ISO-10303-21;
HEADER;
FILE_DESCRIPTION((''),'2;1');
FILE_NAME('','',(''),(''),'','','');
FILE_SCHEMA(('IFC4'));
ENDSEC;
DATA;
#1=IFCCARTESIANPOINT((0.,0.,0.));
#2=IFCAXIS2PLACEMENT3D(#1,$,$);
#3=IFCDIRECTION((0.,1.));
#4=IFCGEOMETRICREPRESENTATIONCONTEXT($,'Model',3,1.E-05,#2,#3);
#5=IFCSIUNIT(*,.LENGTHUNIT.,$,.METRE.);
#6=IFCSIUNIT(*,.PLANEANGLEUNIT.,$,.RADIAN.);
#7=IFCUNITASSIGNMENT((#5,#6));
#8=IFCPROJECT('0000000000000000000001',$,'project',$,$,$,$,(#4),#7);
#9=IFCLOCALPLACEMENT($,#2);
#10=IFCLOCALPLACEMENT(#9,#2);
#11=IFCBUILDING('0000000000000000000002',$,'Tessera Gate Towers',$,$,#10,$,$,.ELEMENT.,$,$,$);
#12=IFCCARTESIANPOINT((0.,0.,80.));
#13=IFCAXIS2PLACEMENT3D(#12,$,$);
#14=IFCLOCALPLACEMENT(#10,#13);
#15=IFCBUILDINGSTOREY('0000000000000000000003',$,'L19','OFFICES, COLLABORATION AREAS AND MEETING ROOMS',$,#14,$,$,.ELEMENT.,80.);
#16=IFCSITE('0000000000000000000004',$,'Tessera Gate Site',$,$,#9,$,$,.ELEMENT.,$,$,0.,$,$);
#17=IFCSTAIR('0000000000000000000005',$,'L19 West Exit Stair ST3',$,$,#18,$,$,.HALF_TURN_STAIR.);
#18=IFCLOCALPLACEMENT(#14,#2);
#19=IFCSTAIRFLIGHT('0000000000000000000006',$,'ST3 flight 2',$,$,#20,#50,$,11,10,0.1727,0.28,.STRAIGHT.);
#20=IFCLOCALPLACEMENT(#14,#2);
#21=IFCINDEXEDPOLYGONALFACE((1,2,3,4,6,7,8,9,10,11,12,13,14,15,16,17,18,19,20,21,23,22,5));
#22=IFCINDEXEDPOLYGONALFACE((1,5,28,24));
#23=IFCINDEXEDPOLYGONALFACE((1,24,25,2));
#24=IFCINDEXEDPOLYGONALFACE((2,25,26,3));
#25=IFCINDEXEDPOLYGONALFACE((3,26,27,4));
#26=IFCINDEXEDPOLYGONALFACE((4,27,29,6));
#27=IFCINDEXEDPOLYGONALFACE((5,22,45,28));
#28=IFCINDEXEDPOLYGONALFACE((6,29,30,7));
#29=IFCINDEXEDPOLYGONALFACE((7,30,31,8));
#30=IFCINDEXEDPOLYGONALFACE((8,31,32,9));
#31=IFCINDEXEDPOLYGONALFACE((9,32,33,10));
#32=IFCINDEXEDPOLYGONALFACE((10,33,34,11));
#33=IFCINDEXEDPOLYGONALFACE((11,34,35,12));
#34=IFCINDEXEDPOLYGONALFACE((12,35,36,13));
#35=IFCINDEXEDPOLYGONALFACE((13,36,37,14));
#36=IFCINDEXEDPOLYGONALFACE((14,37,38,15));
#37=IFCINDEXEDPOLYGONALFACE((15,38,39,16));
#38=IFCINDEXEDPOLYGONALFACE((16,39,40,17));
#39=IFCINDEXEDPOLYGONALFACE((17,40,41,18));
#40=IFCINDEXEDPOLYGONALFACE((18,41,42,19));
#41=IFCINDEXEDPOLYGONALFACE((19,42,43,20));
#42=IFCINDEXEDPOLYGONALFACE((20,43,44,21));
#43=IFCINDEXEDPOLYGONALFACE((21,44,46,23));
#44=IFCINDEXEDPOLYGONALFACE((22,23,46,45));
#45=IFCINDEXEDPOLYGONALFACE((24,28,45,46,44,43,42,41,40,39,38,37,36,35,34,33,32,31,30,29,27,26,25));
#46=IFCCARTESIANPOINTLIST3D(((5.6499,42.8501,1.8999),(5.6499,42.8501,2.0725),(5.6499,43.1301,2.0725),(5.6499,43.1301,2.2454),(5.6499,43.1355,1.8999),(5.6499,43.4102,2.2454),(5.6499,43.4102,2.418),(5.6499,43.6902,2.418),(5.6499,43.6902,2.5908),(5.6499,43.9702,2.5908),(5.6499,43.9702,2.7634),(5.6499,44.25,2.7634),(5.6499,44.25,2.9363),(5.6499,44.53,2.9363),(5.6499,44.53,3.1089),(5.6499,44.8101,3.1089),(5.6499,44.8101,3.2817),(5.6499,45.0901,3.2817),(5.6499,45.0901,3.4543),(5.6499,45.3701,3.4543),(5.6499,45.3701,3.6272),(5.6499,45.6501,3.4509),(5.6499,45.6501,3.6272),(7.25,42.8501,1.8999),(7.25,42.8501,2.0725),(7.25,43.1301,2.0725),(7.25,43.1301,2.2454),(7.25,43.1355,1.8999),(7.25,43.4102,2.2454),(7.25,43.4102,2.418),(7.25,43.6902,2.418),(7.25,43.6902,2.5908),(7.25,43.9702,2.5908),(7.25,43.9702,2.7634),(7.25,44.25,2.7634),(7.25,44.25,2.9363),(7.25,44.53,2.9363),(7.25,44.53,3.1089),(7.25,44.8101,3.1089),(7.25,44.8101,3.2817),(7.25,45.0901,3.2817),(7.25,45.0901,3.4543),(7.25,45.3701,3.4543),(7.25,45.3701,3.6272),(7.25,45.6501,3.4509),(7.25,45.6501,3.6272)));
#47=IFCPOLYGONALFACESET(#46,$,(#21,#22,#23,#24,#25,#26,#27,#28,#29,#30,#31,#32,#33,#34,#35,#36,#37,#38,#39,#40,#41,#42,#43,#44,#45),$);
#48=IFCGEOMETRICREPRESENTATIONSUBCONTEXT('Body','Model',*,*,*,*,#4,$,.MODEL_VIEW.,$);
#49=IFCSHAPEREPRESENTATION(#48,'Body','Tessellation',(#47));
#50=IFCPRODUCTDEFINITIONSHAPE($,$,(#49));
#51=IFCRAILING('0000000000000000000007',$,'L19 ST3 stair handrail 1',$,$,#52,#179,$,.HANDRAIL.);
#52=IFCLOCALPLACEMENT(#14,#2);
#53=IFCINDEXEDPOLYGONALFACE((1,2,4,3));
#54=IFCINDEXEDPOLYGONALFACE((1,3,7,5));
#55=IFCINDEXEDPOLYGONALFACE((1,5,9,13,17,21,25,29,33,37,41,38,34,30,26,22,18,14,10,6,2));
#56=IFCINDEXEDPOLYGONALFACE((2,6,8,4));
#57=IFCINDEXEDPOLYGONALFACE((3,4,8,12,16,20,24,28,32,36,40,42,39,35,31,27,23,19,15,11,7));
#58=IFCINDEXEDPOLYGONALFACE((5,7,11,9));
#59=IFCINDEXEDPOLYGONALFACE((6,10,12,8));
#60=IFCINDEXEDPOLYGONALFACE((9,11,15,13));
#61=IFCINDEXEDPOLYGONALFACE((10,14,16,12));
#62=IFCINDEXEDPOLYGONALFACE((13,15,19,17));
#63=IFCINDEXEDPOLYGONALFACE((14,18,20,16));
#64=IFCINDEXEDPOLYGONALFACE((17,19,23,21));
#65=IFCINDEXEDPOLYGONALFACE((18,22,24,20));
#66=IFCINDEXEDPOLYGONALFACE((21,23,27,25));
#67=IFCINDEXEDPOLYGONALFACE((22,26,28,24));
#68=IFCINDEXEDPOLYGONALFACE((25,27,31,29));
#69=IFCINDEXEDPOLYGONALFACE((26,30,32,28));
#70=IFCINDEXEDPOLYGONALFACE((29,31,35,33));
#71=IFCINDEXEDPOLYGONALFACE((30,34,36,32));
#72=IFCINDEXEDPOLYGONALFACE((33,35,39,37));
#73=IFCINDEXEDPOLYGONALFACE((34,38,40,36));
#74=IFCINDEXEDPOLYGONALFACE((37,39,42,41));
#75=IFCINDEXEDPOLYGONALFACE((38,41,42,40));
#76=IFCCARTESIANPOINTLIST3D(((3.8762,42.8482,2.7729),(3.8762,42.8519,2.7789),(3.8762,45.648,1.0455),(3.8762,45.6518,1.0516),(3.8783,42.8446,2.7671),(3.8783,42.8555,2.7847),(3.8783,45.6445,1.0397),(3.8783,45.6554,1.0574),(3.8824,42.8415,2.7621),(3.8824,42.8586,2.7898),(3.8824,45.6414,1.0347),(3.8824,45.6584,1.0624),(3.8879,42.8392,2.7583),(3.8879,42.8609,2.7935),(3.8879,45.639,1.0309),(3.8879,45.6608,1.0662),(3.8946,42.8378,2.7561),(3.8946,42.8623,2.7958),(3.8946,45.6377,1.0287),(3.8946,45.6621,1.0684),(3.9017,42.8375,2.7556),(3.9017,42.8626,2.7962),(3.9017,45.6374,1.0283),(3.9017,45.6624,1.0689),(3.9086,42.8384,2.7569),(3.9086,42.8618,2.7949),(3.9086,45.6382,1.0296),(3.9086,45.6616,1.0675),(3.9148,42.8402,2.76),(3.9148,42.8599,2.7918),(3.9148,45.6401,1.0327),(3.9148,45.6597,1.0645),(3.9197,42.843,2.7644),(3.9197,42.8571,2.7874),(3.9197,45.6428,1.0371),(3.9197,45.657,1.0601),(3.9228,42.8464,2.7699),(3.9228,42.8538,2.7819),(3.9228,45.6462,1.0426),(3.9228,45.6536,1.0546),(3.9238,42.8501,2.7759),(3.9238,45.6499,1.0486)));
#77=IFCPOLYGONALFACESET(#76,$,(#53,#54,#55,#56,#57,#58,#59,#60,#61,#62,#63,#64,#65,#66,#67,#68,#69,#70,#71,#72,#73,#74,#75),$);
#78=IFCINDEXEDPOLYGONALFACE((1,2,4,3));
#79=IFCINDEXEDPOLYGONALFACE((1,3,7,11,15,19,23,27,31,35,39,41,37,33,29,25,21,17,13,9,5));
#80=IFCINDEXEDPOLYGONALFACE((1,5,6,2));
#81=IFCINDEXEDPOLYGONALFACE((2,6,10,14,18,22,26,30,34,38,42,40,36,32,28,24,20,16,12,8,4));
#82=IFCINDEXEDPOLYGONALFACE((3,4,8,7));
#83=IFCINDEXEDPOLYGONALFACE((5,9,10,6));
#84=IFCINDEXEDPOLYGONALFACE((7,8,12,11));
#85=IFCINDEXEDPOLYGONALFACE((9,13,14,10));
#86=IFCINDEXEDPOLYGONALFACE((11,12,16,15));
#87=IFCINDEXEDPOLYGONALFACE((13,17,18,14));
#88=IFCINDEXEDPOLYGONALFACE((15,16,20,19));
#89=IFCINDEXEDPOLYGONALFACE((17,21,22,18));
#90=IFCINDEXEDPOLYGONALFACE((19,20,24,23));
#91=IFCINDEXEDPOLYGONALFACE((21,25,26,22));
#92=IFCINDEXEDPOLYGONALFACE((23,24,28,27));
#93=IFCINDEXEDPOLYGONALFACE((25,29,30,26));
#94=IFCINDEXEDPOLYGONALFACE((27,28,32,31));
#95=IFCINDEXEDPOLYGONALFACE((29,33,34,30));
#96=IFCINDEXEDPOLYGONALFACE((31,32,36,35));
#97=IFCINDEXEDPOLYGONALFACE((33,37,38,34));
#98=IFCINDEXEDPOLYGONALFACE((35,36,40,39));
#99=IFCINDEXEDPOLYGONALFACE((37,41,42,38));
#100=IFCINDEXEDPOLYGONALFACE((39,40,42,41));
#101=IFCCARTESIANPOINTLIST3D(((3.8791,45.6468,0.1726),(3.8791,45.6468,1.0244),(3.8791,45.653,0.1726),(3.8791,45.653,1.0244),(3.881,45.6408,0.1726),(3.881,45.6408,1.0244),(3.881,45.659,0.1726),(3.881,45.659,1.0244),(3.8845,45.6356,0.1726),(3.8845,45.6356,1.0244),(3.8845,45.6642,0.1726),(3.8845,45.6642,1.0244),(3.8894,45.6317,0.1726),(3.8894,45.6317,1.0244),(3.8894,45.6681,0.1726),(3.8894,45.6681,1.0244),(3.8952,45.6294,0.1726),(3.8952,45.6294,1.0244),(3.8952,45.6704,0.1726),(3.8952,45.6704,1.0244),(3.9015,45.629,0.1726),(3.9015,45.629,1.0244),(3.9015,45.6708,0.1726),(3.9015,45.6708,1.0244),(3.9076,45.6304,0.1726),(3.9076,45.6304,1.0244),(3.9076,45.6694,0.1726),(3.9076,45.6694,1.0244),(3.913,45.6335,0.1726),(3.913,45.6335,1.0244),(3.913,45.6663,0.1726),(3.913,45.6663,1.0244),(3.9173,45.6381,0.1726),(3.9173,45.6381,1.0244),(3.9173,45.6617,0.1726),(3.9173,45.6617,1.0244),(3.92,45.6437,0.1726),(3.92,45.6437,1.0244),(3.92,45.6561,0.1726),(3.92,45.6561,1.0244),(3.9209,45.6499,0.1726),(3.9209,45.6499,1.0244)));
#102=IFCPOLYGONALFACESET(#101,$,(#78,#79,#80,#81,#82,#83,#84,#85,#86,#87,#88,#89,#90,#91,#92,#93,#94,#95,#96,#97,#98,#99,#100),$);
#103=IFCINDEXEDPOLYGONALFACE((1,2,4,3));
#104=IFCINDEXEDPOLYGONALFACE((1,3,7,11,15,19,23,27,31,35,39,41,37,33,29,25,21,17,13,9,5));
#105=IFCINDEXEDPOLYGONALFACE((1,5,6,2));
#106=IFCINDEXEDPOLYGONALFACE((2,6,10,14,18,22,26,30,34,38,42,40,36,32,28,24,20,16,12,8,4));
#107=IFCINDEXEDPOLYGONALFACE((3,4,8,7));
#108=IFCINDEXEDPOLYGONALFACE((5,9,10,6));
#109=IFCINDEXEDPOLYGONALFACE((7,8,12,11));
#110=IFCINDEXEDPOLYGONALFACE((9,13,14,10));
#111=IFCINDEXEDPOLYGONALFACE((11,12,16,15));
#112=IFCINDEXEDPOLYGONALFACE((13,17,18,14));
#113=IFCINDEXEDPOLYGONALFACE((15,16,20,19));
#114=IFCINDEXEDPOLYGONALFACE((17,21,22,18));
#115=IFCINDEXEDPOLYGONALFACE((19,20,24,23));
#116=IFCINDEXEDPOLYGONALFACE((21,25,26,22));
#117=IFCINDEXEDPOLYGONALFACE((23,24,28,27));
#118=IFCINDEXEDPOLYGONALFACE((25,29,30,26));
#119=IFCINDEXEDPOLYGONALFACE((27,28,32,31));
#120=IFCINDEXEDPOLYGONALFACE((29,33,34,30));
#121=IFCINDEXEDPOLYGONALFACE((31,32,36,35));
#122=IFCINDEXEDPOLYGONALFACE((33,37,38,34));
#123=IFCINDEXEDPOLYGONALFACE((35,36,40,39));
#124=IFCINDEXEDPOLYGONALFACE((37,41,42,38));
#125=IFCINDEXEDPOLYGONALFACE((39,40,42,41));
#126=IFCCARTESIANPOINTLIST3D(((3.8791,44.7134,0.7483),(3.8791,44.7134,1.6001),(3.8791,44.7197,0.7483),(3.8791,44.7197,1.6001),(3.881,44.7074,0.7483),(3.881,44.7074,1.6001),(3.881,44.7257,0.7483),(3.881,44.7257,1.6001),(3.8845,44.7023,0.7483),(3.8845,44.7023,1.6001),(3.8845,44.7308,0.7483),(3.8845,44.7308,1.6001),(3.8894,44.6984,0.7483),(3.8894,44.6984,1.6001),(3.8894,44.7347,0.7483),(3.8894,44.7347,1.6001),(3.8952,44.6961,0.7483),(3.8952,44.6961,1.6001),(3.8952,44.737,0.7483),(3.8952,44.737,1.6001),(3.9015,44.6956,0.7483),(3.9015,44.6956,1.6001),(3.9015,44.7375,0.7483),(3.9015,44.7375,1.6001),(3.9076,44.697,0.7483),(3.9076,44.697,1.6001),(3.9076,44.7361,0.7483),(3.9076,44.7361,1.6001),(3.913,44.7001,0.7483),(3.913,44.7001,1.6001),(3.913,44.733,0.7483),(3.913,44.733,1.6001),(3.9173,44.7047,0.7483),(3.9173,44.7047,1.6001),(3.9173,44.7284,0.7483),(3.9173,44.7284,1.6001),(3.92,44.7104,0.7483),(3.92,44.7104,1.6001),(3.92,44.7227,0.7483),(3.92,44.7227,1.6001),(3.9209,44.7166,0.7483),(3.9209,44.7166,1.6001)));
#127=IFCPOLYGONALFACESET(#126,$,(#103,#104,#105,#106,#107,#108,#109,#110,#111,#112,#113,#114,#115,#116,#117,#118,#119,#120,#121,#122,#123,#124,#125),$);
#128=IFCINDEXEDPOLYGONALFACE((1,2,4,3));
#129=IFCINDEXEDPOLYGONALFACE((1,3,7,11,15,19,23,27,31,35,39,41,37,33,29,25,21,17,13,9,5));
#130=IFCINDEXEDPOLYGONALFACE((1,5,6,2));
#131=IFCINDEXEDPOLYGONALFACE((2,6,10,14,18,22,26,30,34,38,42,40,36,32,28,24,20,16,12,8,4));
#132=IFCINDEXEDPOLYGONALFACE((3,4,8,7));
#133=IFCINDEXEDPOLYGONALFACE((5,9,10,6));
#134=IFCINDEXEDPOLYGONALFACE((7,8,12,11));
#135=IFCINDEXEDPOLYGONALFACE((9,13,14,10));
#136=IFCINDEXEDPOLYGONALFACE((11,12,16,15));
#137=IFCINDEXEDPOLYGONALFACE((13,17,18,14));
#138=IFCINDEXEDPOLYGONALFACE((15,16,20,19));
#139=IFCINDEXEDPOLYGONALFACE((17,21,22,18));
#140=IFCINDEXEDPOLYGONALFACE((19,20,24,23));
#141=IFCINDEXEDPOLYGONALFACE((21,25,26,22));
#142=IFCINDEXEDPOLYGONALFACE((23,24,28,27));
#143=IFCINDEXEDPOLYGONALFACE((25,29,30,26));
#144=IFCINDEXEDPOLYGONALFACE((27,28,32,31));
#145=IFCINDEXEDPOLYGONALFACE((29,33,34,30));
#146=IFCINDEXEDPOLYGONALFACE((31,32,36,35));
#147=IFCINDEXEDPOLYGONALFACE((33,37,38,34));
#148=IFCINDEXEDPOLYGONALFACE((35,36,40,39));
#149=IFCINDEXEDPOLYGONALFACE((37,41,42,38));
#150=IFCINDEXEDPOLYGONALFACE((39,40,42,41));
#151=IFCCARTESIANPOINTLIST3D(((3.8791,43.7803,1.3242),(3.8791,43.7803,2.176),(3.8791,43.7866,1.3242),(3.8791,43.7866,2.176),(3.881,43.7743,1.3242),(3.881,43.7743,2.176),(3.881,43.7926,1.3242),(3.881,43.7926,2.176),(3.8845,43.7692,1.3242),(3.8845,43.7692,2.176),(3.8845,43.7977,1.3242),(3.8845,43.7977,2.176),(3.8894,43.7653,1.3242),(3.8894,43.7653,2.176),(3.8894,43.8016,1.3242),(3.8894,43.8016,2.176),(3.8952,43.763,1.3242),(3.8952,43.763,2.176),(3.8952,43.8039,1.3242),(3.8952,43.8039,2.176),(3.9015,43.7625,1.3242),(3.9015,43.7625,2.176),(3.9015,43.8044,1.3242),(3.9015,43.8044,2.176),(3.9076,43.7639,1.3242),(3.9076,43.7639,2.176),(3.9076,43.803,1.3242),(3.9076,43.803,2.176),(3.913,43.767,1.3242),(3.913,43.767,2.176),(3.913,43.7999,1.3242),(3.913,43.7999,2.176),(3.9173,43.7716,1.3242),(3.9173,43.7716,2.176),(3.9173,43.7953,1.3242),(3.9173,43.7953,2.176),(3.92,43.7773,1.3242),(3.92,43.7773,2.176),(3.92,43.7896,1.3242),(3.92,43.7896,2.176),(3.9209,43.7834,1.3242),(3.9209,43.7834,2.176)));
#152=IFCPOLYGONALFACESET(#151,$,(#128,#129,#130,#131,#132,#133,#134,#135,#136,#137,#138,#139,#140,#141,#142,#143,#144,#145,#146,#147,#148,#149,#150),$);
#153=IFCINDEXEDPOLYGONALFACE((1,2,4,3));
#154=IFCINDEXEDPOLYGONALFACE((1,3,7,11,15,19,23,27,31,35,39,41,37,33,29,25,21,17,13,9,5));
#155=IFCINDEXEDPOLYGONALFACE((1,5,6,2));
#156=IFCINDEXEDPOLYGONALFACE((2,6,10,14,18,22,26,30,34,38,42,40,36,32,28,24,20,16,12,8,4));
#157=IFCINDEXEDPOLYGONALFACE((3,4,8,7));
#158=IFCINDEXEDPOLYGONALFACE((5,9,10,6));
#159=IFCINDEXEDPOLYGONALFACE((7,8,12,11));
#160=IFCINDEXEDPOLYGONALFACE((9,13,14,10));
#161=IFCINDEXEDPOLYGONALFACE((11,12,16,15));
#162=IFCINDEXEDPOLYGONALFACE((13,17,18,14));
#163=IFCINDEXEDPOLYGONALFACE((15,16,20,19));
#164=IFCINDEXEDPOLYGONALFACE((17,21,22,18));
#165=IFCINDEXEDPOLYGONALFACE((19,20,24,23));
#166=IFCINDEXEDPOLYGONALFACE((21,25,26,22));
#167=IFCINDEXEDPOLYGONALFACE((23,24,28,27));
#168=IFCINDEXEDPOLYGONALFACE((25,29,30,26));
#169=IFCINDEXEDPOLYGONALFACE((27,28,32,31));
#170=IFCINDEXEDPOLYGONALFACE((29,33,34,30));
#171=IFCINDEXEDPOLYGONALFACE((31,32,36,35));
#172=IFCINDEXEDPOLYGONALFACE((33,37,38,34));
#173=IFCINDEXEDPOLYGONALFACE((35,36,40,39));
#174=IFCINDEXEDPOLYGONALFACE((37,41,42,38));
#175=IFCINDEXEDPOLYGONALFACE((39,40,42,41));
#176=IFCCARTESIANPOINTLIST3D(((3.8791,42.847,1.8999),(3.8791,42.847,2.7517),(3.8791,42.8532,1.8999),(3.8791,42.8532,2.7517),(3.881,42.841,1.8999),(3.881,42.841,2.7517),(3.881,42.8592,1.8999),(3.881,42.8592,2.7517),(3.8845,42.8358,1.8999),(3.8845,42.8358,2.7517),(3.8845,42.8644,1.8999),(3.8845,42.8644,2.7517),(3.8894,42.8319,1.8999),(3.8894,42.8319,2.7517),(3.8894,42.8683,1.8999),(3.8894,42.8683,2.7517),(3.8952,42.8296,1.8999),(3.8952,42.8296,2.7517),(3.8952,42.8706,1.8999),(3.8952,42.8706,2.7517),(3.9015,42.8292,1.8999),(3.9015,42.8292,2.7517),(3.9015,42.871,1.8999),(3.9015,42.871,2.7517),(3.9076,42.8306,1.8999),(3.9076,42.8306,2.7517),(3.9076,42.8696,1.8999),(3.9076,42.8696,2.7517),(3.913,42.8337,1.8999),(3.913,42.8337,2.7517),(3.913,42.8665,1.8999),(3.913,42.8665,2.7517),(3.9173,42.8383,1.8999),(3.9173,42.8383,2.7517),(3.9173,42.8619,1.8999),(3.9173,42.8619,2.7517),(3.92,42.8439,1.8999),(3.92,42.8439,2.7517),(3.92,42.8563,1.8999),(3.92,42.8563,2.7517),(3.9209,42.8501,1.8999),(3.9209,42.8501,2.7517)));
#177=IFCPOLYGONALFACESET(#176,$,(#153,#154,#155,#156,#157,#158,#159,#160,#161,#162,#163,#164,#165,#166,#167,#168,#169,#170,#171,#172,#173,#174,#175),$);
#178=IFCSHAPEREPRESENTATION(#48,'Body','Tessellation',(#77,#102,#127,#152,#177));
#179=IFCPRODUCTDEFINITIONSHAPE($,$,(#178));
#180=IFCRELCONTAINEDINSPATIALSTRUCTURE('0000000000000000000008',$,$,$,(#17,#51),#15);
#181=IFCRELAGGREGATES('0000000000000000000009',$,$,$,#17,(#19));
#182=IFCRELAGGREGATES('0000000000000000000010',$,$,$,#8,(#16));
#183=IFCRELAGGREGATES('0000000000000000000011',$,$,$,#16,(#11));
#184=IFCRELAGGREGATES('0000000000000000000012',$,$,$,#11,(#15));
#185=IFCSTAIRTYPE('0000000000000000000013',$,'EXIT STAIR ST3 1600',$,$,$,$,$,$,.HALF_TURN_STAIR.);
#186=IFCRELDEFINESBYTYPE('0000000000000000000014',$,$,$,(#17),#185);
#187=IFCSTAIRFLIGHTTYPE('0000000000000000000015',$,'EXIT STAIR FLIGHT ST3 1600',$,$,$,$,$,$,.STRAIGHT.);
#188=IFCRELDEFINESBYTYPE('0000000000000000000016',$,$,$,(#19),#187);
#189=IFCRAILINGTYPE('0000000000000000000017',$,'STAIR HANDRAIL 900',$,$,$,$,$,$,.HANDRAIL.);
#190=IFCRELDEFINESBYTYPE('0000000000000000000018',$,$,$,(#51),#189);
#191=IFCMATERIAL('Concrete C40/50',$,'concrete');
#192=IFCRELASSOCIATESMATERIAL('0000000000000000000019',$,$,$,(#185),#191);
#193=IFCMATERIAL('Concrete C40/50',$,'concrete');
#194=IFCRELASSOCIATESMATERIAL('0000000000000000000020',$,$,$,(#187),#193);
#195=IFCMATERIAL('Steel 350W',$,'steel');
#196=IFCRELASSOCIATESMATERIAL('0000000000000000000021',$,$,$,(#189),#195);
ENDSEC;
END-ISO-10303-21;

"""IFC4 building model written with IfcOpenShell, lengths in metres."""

from ifc_helpers import new_model, si_unit, direction, frame, origin, origin_2d, place, context, subcontext, project, spatial, polyline, circle, outline, extrude, material, type_object, element, aggregate, save


model = new_model("IFC4")

# Units and contexts
model_context = context("Model", 3, precision=1e-05, world=origin(), true_north=direction((0.0, 1.0)))
body_context = subcontext(model_context, "Body", "Model", "MODEL_VIEW")
ifc_project = project(units=[si_unit("LENGTHUNIT", "METRE"), si_unit("PLANEANGLEUNIT", "RADIAN")], contexts=[model_context])

# Site, building, storey
site_placement = place(None, origin())
site = spatial("IfcSite", under=ifc_project, at=site_placement, Name="Tessera Gate Site", CompositionType="ELEMENT", RefElevation=0.0)
building_placement = place(site_placement, origin())
building = spatial("IfcBuilding", under=site, at=building_placement, Name="Tessera Gate Towers", CompositionType="ELEMENT")
storey_placement = place(building_placement, frame((0.0, 0.0, 80.0)))
storey = spatial("IfcBuildingStorey", under=building, at=storey_placement, Name="L19", Description="OFFICES, COLLABORATION AREAS AND MEETING ROOMS", CompositionType="ELEMENT", Elevation=80.0)

# Stair, stair flight
ifc_material_1 = material(Name="Concrete C40/50", Category="concrete")
stair_type = type_object("IfcStairType", Name="EXIT STAIR ST3 1600", PredefinedType="HALF_TURN_STAIR", material=ifc_material_1)
stair_placement = place(storey_placement, origin())
stair = element("IfcStair", 1, at=stair_placement, inside=storey, type_object=stair_type, Name="L19 West Exit Stair ST3", PredefinedType="HALF_TURN_STAIR")
ifc_material_2 = material(Name="Concrete C40/50", Category="concrete")
stair_flight_type = type_object("IfcStairFlightType", Name="EXIT STAIR FLIGHT ST3 1600", PredefinedType="STRAIGHT", material=ifc_material_2)
stair_flight_1_placement = place(storey_placement, frame((6.45, 42.8501, 1.8999), z_axis=(0.0, 0.0, 1.0), x_axis=(0.0, 1.0, 0.0)))
stair_flight_1 = element("IfcStairFlight", 2, at=stair_flight_1_placement, type_object=stair_flight_type, Name="ST3 flight 2", NumberOfRisers=11, NumberOfTreads=10, PredefinedType="STRAIGHT", RiserHeight=0.1727, TreadLength=0.28, context=body_context, shape_type="SweptSolid", body=[
    extrude(outline(polyline([(0.0, 0.0), (0.0, 0.1726), (0.28, 0.1726), (0.28, 0.3455), (0.5601, 0.3455), (0.5601, 0.5181), (0.8401, 0.5181), (0.8401, 0.6909), (1.1201, 0.6909), (1.1201, 0.8635), (1.3999, 0.8635), (1.3999, 1.0364), (1.6799, 1.0364), (1.6799, 1.209), (1.96, 1.209), (1.96, 1.3818), (2.24, 1.3818), (2.24, 1.5544), (2.52, 1.5544), (2.52, 1.7273), (2.8, 1.7273), (2.8, 1.8999), (2.8, 1.551), (0.2854, 0.0), (0.0, 0.0)])), frame((0.0, 0.8, 0.0), z_axis=(0.0, -1.0, 0.0), x_axis=(1.0, 0.0, 0.0)), (0.0, 0.0, 1.0), 1.6001),
])
aggregate(stair, [stair_flight_1])

# Railing
ifc_material_3 = material(Name="Steel 350W", Category="steel")
railing_type_1 = type_object("IfcRailingType", Name="STAIR HANDRAIL 900", PredefinedType="HANDRAIL", material=ifc_material_3)
railing_1_placement = place(storey_placement, frame((3.8999, 45.6499, 0.1726)))
element("IfcRailing", 3, at=railing_1_placement, inside=storey, type_object=railing_type_1, Name="L19 ST3 stair handrail 1", PredefinedType="HANDRAIL", context=body_context, shape_type="SweptSolid", body=[
    extrude(circle(Radius=0.0239, at=origin_2d()), frame((0.0, 0.0, 0.876), z_axis=(0.0, -0.851069, 0.525054), x_axis=(1.0, 0.0, 0.0)), (0.0, 0.0, 1.0), 3.2898),
    extrude(circle(Radius=0.021, at=origin_2d()), origin(), (0.0, 0.0, 1.0), 0.8518),
    extrude(circle(Radius=0.021, at=origin_2d()), frame((0.0, -0.9333, 0.5757)), (0.0, 0.0, 1.0), 0.8518),
    extrude(circle(Radius=0.021, at=origin_2d()), frame((0.0, -1.8665, 1.1516)), (0.0, 0.0, 1.0), 0.8518),
    extrude(circle(Radius=0.021, at=origin_2d()), frame((0.0, -2.7998, 1.7273)), (0.0, 0.0, 1.0), 0.8518),
])

save(model, "model.ifc")
